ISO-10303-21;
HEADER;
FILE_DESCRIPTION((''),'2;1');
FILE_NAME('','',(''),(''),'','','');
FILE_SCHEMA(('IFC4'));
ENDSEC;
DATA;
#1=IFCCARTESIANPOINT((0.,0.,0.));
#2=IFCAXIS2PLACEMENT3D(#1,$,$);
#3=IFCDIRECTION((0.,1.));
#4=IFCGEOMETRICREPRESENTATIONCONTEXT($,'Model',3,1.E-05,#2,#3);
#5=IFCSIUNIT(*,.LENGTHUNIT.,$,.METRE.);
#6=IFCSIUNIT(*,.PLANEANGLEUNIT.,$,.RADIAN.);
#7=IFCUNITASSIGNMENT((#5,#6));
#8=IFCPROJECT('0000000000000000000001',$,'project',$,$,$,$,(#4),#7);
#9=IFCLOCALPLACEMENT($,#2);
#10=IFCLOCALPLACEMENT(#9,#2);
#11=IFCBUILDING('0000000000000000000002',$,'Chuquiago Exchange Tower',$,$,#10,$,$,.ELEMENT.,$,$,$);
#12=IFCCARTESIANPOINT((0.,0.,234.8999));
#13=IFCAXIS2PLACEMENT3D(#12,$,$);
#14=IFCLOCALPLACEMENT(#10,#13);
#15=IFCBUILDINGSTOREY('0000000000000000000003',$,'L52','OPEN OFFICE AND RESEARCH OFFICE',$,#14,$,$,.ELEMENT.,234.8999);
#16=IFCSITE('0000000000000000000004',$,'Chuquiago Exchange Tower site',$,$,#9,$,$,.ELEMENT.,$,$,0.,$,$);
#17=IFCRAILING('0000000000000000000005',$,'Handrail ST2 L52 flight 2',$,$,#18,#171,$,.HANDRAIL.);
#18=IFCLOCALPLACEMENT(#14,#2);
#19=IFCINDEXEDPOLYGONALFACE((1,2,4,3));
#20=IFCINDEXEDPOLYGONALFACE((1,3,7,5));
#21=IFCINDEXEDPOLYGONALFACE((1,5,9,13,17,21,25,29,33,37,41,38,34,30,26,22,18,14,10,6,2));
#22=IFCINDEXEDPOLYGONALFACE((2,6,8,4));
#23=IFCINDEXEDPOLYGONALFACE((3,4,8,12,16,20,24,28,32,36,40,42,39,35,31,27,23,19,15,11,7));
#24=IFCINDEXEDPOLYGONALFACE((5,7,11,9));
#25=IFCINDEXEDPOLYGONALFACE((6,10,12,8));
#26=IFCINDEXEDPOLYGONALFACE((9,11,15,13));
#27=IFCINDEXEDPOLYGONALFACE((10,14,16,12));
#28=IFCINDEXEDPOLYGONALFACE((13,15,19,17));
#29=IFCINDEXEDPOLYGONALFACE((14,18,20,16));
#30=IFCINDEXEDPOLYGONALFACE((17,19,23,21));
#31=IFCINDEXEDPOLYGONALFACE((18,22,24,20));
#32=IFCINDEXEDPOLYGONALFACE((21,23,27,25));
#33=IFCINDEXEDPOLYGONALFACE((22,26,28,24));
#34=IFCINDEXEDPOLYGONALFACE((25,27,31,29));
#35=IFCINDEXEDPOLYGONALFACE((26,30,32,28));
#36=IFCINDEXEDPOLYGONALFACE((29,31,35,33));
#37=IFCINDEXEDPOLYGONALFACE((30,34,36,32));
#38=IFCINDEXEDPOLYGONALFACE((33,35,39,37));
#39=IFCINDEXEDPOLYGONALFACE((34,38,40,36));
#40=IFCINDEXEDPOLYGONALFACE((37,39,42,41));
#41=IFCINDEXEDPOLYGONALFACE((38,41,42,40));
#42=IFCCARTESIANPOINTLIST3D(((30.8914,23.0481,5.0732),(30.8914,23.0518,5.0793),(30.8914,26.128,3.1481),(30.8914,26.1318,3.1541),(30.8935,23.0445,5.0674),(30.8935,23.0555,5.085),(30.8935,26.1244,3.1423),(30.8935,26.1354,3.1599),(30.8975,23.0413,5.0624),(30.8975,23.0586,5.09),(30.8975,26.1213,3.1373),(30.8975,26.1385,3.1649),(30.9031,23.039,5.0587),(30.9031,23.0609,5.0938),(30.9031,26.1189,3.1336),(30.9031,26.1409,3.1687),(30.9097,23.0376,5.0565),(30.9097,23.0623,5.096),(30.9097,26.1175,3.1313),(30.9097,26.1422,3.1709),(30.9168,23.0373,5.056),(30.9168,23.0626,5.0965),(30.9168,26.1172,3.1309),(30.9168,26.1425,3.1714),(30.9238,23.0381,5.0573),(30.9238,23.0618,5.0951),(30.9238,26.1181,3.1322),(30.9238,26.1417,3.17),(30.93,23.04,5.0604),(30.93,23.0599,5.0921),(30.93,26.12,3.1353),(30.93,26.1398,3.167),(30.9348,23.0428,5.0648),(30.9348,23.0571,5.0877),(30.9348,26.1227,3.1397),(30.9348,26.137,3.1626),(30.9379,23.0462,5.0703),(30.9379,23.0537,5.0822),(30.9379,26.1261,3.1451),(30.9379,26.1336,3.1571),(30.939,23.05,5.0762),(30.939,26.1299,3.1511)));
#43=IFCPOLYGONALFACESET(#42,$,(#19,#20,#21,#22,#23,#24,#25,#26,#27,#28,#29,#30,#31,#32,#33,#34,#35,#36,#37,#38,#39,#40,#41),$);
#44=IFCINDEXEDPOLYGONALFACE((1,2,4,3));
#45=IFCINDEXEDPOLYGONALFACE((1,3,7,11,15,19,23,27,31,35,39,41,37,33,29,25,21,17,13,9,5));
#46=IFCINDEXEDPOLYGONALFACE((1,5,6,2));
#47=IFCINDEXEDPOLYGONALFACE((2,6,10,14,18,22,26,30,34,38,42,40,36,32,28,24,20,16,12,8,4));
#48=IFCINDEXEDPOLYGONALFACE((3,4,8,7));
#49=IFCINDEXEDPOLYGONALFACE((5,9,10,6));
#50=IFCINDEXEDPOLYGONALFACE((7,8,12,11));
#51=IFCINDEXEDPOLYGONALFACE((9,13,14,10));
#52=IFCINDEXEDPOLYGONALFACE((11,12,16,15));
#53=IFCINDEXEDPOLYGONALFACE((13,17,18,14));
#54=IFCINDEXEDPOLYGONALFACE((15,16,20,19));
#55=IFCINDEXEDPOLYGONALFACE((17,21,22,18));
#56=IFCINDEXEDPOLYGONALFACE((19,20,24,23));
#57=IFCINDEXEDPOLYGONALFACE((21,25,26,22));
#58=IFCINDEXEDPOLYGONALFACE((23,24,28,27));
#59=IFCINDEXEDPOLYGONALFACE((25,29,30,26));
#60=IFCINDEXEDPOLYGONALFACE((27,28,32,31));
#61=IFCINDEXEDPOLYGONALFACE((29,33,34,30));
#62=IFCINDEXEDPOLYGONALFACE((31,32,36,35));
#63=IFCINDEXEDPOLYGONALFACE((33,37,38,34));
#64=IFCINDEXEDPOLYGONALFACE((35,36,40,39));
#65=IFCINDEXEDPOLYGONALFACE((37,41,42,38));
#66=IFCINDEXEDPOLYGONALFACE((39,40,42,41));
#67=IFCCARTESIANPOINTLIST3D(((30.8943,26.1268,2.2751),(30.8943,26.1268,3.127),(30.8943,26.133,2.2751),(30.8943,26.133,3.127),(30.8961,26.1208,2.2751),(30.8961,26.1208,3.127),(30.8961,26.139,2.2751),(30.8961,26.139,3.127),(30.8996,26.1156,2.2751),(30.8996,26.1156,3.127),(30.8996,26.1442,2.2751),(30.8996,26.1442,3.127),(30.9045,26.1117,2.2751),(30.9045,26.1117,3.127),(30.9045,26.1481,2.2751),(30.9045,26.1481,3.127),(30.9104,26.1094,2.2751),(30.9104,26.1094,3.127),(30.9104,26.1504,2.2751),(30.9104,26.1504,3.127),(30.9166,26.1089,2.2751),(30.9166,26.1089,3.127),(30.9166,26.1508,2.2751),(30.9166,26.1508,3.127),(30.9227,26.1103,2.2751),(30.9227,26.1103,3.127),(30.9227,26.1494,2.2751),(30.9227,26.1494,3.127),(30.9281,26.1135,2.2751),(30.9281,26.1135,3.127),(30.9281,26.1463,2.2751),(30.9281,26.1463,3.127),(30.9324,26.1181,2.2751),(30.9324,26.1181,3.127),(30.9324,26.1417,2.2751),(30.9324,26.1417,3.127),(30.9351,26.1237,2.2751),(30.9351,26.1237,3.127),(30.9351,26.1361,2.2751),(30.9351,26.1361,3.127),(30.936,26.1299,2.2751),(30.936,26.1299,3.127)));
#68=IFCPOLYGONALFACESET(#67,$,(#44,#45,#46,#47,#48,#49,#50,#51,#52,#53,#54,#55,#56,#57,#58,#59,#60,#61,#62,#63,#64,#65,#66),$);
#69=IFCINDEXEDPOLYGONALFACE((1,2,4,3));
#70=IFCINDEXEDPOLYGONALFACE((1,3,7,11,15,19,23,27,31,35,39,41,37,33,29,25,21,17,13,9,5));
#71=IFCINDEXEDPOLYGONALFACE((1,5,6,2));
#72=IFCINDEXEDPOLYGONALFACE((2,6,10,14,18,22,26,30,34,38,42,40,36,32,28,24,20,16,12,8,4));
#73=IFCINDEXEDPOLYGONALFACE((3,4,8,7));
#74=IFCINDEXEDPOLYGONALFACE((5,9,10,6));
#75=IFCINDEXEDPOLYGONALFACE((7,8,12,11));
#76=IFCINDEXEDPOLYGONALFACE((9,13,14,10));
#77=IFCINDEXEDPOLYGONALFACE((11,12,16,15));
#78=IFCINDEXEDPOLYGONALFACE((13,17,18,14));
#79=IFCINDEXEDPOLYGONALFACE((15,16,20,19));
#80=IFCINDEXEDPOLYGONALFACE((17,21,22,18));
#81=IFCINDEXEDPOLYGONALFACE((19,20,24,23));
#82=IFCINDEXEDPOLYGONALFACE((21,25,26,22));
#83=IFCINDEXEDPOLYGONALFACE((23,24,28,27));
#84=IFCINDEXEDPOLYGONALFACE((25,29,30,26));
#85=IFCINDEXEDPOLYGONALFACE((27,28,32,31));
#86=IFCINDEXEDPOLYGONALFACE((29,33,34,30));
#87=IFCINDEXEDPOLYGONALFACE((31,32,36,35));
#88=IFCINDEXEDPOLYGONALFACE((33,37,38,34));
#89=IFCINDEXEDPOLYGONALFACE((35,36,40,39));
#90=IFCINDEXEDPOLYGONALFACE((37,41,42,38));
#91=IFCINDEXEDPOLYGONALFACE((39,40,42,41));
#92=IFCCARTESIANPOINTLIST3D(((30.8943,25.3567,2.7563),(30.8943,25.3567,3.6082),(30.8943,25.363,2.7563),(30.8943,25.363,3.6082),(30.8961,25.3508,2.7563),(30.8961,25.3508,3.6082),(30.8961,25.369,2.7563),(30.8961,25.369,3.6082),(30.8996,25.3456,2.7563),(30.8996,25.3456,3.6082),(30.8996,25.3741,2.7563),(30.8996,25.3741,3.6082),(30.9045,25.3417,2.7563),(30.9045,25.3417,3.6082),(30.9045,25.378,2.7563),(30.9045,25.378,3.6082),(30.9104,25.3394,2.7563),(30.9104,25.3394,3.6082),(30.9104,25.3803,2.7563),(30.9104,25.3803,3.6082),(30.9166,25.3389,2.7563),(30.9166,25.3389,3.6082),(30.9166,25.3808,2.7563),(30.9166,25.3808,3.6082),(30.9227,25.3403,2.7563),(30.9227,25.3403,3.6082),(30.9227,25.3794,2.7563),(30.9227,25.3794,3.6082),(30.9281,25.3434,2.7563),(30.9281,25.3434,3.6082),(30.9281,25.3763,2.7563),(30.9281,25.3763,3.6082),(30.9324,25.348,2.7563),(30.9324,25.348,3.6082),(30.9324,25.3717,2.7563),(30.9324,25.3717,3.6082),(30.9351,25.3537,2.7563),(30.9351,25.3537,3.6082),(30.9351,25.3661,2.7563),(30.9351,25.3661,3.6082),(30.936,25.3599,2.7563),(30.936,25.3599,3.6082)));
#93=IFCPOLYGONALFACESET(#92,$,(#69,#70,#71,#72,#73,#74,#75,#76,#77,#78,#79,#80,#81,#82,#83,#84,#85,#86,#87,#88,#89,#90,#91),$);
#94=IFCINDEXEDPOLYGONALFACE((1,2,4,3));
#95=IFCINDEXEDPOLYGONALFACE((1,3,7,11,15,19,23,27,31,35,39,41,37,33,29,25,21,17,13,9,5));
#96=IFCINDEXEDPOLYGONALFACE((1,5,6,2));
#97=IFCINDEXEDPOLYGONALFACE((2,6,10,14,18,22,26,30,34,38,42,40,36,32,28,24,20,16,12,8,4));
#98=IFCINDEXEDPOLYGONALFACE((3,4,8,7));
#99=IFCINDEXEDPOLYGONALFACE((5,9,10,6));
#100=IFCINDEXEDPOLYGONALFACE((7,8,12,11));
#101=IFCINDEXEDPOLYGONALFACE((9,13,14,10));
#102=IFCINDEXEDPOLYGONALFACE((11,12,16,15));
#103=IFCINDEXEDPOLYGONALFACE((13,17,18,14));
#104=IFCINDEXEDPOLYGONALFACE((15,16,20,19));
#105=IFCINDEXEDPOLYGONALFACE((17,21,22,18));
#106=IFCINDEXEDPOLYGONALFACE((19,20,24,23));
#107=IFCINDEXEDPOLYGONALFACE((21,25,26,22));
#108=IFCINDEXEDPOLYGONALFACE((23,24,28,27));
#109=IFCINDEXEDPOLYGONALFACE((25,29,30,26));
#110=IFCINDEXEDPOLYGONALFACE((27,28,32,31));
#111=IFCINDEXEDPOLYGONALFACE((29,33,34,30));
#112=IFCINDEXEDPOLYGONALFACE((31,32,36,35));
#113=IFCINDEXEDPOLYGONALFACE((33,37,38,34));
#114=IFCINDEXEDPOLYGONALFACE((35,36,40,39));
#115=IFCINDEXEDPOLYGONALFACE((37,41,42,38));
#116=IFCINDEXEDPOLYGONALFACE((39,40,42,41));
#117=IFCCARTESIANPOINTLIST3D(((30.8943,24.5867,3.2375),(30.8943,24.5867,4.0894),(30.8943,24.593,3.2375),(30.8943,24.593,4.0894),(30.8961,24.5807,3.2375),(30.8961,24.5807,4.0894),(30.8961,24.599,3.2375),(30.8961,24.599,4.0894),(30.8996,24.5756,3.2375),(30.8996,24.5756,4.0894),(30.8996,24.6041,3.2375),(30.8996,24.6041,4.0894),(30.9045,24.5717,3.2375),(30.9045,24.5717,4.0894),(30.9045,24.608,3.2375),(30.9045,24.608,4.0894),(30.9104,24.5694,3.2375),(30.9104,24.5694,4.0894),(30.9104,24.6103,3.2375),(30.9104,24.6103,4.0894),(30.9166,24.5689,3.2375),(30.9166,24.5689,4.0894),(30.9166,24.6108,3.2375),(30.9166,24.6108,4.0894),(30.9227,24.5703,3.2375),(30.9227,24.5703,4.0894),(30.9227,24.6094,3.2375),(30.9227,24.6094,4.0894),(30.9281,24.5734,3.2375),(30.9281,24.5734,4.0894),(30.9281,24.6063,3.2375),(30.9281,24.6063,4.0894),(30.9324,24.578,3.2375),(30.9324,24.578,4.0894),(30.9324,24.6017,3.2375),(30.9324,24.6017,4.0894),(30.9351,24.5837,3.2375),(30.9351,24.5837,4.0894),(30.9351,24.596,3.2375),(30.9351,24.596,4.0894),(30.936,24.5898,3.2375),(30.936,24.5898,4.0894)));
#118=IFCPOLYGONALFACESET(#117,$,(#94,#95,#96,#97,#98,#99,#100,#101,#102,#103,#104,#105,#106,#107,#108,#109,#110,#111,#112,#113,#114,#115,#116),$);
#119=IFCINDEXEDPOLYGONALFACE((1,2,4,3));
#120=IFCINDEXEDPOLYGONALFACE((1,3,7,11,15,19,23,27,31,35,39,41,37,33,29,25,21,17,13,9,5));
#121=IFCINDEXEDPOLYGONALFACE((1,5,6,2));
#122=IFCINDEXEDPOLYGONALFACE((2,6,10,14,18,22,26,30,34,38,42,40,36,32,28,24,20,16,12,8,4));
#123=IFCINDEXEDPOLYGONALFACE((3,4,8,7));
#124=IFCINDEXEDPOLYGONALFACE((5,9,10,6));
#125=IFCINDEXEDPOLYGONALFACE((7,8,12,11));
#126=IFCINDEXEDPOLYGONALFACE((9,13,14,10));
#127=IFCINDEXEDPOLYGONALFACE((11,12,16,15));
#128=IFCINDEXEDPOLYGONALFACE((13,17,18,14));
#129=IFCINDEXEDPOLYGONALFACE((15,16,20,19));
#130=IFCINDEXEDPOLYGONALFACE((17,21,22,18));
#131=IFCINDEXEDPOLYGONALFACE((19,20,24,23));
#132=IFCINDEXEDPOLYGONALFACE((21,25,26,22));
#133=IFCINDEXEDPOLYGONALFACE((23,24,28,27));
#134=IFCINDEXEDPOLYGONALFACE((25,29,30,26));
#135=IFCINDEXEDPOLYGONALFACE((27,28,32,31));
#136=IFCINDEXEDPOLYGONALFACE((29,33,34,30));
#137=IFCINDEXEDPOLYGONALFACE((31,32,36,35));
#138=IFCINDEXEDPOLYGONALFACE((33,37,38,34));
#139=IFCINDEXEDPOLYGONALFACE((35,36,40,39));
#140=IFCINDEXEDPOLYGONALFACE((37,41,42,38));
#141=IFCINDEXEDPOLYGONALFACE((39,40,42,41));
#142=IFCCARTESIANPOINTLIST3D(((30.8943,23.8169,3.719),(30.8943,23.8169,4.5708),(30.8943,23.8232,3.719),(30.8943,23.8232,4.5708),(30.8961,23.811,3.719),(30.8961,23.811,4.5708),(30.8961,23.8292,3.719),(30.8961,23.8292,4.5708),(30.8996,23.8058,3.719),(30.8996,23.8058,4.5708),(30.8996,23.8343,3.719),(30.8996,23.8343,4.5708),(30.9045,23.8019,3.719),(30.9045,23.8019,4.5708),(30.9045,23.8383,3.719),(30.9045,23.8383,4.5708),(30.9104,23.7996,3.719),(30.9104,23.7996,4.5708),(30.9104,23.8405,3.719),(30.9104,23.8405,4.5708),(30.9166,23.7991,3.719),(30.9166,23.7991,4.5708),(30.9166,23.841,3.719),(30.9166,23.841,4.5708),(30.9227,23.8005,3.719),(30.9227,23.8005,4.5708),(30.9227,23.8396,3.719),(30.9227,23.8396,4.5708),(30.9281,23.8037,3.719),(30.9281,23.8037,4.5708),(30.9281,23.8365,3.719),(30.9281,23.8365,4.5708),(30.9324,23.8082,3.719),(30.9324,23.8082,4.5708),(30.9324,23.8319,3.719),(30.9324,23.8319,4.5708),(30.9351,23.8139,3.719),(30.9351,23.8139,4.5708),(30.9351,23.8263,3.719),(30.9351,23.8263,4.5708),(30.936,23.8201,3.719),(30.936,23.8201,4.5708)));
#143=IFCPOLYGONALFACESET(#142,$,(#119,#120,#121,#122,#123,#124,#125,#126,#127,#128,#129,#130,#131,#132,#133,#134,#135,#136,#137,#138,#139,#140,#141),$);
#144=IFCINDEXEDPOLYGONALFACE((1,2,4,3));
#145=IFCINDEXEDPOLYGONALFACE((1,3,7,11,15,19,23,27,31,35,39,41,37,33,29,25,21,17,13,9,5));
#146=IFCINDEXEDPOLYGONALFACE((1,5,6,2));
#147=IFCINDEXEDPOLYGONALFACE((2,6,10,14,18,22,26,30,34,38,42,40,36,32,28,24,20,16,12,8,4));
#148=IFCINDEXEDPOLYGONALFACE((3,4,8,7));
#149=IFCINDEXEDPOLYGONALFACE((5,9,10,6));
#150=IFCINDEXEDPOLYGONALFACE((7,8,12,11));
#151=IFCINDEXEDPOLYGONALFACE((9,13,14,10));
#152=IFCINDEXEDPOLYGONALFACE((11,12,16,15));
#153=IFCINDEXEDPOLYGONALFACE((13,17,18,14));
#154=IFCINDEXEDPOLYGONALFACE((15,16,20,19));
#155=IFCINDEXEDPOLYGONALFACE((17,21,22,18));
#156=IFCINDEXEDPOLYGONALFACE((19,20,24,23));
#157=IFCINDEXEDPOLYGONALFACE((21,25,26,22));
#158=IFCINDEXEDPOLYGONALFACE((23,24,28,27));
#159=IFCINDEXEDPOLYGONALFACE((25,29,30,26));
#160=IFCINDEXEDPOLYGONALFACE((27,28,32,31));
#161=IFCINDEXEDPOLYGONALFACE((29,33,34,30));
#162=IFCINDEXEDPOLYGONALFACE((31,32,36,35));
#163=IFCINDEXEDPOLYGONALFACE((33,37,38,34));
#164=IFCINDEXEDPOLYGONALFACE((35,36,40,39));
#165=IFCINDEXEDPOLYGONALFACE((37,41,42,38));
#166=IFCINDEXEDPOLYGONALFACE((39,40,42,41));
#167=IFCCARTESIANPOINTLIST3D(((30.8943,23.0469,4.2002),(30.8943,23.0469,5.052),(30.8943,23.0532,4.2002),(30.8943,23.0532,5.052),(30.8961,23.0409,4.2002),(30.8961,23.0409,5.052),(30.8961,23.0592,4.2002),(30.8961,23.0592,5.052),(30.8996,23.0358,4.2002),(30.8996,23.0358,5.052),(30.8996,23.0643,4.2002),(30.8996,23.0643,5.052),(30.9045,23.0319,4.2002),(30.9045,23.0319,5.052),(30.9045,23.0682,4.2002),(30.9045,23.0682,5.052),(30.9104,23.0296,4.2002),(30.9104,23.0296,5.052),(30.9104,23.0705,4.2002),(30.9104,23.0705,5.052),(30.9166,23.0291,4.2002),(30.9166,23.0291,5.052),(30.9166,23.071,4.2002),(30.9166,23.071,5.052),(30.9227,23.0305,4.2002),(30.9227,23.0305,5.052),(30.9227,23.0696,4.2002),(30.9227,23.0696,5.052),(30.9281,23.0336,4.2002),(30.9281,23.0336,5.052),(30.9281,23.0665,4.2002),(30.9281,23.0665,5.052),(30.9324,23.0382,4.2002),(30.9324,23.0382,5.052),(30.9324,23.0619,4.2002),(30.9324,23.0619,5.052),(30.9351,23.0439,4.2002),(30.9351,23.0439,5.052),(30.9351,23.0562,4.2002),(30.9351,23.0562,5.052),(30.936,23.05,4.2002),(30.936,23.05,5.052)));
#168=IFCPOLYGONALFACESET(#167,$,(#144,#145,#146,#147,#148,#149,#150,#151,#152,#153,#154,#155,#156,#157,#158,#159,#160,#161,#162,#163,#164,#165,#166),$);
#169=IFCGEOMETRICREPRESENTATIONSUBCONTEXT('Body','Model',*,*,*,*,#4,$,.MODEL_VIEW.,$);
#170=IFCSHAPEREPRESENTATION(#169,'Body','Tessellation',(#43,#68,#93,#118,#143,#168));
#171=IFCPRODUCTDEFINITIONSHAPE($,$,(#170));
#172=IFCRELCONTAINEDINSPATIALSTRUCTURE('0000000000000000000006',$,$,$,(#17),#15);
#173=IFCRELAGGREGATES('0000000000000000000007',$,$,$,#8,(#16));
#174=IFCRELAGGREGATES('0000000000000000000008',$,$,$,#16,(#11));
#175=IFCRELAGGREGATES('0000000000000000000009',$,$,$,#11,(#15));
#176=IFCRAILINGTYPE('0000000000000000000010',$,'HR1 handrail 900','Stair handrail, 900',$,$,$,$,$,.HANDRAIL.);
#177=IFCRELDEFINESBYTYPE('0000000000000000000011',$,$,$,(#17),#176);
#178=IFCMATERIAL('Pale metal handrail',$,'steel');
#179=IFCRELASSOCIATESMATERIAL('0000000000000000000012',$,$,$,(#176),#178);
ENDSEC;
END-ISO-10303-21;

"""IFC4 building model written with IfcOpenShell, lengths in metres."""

from ifc_helpers import new_model, si_unit, direction, frame, origin, origin_2d, place, context, subcontext, project, spatial, circle, extrude, material, type_object, element, save


model = new_model("IFC4")

# Units and contexts
model_context = context("Model", 3, precision=1e-05, world=origin(), true_north=direction((0.0, 1.0)))
body_context = subcontext(model_context, "Body", "Model", "MODEL_VIEW")
ifc_project = project(units=[si_unit("LENGTHUNIT", "METRE"), si_unit("PLANEANGLEUNIT", "RADIAN")], contexts=[model_context])

# Site, building, storey
site_placement = place(None, origin())
site = spatial("IfcSite", under=ifc_project, at=site_placement, Name="Chuquiago Exchange Tower site", CompositionType="ELEMENT", RefElevation=0.0)
building_placement = place(site_placement, origin())
building = spatial("IfcBuilding", under=site, at=building_placement, Name="Chuquiago Exchange Tower", CompositionType="ELEMENT")
storey_placement = place(building_placement, frame((0.0, 0.0, 234.8999)))
storey = spatial("IfcBuildingStorey", under=building, at=storey_placement, Name="L52", Description="OPEN OFFICE AND RESEARCH OFFICE", CompositionType="ELEMENT", Elevation=234.8999)

# Railing
ifc_material_1 = material(Name="Pale metal handrail", Category="steel")
railing_type_1 = type_object("IfcRailingType", Name="HR1 handrail 900", Description="Stair handrail, 900", PredefinedType="HANDRAIL", material=ifc_material_1)
for number, where, name in (
    (1, (30.915, 26.1299, 2.2751), "Handrail ST2 L52 flight 2"),
):
    element("IfcRailing", number, at=place(storey_placement, frame(where)), inside=storey, type_object=railing_type_1, Name=name, PredefinedType="HANDRAIL", context=body_context, shape_type="SweptSolid", body=[
        extrude(circle(Radius=0.0239, at=origin_2d()), frame((0.0, 0.0, 0.876), z_axis=(0.0, -0.847979, 0.530029), x_axis=(1.0, 0.0, 0.0)), (0.0, 0.0, 1.0), 3.6321),
        extrude(circle(Radius=0.021, at=origin_2d()), origin(), (0.0, 0.0, 1.0), 0.8518),
        extrude(circle(Radius=0.021, at=origin_2d()), frame((0.0, -0.77, 0.4812)), (0.0, 0.0, 1.0), 0.8518),
        extrude(circle(Radius=0.021, at=origin_2d()), frame((0.0, -1.54, 0.9624)), (0.0, 0.0, 1.0), 0.8518),
        extrude(circle(Radius=0.021, at=origin_2d()), frame((0.0, -2.3098, 1.4438)), (0.0, 0.0, 1.0), 0.8518),
        extrude(circle(Radius=0.021, at=origin_2d()), frame((0.0, -3.0798, 1.925)), (0.0, 0.0, 1.0), 0.8518),
    ])

save(model, "model.ifc")
